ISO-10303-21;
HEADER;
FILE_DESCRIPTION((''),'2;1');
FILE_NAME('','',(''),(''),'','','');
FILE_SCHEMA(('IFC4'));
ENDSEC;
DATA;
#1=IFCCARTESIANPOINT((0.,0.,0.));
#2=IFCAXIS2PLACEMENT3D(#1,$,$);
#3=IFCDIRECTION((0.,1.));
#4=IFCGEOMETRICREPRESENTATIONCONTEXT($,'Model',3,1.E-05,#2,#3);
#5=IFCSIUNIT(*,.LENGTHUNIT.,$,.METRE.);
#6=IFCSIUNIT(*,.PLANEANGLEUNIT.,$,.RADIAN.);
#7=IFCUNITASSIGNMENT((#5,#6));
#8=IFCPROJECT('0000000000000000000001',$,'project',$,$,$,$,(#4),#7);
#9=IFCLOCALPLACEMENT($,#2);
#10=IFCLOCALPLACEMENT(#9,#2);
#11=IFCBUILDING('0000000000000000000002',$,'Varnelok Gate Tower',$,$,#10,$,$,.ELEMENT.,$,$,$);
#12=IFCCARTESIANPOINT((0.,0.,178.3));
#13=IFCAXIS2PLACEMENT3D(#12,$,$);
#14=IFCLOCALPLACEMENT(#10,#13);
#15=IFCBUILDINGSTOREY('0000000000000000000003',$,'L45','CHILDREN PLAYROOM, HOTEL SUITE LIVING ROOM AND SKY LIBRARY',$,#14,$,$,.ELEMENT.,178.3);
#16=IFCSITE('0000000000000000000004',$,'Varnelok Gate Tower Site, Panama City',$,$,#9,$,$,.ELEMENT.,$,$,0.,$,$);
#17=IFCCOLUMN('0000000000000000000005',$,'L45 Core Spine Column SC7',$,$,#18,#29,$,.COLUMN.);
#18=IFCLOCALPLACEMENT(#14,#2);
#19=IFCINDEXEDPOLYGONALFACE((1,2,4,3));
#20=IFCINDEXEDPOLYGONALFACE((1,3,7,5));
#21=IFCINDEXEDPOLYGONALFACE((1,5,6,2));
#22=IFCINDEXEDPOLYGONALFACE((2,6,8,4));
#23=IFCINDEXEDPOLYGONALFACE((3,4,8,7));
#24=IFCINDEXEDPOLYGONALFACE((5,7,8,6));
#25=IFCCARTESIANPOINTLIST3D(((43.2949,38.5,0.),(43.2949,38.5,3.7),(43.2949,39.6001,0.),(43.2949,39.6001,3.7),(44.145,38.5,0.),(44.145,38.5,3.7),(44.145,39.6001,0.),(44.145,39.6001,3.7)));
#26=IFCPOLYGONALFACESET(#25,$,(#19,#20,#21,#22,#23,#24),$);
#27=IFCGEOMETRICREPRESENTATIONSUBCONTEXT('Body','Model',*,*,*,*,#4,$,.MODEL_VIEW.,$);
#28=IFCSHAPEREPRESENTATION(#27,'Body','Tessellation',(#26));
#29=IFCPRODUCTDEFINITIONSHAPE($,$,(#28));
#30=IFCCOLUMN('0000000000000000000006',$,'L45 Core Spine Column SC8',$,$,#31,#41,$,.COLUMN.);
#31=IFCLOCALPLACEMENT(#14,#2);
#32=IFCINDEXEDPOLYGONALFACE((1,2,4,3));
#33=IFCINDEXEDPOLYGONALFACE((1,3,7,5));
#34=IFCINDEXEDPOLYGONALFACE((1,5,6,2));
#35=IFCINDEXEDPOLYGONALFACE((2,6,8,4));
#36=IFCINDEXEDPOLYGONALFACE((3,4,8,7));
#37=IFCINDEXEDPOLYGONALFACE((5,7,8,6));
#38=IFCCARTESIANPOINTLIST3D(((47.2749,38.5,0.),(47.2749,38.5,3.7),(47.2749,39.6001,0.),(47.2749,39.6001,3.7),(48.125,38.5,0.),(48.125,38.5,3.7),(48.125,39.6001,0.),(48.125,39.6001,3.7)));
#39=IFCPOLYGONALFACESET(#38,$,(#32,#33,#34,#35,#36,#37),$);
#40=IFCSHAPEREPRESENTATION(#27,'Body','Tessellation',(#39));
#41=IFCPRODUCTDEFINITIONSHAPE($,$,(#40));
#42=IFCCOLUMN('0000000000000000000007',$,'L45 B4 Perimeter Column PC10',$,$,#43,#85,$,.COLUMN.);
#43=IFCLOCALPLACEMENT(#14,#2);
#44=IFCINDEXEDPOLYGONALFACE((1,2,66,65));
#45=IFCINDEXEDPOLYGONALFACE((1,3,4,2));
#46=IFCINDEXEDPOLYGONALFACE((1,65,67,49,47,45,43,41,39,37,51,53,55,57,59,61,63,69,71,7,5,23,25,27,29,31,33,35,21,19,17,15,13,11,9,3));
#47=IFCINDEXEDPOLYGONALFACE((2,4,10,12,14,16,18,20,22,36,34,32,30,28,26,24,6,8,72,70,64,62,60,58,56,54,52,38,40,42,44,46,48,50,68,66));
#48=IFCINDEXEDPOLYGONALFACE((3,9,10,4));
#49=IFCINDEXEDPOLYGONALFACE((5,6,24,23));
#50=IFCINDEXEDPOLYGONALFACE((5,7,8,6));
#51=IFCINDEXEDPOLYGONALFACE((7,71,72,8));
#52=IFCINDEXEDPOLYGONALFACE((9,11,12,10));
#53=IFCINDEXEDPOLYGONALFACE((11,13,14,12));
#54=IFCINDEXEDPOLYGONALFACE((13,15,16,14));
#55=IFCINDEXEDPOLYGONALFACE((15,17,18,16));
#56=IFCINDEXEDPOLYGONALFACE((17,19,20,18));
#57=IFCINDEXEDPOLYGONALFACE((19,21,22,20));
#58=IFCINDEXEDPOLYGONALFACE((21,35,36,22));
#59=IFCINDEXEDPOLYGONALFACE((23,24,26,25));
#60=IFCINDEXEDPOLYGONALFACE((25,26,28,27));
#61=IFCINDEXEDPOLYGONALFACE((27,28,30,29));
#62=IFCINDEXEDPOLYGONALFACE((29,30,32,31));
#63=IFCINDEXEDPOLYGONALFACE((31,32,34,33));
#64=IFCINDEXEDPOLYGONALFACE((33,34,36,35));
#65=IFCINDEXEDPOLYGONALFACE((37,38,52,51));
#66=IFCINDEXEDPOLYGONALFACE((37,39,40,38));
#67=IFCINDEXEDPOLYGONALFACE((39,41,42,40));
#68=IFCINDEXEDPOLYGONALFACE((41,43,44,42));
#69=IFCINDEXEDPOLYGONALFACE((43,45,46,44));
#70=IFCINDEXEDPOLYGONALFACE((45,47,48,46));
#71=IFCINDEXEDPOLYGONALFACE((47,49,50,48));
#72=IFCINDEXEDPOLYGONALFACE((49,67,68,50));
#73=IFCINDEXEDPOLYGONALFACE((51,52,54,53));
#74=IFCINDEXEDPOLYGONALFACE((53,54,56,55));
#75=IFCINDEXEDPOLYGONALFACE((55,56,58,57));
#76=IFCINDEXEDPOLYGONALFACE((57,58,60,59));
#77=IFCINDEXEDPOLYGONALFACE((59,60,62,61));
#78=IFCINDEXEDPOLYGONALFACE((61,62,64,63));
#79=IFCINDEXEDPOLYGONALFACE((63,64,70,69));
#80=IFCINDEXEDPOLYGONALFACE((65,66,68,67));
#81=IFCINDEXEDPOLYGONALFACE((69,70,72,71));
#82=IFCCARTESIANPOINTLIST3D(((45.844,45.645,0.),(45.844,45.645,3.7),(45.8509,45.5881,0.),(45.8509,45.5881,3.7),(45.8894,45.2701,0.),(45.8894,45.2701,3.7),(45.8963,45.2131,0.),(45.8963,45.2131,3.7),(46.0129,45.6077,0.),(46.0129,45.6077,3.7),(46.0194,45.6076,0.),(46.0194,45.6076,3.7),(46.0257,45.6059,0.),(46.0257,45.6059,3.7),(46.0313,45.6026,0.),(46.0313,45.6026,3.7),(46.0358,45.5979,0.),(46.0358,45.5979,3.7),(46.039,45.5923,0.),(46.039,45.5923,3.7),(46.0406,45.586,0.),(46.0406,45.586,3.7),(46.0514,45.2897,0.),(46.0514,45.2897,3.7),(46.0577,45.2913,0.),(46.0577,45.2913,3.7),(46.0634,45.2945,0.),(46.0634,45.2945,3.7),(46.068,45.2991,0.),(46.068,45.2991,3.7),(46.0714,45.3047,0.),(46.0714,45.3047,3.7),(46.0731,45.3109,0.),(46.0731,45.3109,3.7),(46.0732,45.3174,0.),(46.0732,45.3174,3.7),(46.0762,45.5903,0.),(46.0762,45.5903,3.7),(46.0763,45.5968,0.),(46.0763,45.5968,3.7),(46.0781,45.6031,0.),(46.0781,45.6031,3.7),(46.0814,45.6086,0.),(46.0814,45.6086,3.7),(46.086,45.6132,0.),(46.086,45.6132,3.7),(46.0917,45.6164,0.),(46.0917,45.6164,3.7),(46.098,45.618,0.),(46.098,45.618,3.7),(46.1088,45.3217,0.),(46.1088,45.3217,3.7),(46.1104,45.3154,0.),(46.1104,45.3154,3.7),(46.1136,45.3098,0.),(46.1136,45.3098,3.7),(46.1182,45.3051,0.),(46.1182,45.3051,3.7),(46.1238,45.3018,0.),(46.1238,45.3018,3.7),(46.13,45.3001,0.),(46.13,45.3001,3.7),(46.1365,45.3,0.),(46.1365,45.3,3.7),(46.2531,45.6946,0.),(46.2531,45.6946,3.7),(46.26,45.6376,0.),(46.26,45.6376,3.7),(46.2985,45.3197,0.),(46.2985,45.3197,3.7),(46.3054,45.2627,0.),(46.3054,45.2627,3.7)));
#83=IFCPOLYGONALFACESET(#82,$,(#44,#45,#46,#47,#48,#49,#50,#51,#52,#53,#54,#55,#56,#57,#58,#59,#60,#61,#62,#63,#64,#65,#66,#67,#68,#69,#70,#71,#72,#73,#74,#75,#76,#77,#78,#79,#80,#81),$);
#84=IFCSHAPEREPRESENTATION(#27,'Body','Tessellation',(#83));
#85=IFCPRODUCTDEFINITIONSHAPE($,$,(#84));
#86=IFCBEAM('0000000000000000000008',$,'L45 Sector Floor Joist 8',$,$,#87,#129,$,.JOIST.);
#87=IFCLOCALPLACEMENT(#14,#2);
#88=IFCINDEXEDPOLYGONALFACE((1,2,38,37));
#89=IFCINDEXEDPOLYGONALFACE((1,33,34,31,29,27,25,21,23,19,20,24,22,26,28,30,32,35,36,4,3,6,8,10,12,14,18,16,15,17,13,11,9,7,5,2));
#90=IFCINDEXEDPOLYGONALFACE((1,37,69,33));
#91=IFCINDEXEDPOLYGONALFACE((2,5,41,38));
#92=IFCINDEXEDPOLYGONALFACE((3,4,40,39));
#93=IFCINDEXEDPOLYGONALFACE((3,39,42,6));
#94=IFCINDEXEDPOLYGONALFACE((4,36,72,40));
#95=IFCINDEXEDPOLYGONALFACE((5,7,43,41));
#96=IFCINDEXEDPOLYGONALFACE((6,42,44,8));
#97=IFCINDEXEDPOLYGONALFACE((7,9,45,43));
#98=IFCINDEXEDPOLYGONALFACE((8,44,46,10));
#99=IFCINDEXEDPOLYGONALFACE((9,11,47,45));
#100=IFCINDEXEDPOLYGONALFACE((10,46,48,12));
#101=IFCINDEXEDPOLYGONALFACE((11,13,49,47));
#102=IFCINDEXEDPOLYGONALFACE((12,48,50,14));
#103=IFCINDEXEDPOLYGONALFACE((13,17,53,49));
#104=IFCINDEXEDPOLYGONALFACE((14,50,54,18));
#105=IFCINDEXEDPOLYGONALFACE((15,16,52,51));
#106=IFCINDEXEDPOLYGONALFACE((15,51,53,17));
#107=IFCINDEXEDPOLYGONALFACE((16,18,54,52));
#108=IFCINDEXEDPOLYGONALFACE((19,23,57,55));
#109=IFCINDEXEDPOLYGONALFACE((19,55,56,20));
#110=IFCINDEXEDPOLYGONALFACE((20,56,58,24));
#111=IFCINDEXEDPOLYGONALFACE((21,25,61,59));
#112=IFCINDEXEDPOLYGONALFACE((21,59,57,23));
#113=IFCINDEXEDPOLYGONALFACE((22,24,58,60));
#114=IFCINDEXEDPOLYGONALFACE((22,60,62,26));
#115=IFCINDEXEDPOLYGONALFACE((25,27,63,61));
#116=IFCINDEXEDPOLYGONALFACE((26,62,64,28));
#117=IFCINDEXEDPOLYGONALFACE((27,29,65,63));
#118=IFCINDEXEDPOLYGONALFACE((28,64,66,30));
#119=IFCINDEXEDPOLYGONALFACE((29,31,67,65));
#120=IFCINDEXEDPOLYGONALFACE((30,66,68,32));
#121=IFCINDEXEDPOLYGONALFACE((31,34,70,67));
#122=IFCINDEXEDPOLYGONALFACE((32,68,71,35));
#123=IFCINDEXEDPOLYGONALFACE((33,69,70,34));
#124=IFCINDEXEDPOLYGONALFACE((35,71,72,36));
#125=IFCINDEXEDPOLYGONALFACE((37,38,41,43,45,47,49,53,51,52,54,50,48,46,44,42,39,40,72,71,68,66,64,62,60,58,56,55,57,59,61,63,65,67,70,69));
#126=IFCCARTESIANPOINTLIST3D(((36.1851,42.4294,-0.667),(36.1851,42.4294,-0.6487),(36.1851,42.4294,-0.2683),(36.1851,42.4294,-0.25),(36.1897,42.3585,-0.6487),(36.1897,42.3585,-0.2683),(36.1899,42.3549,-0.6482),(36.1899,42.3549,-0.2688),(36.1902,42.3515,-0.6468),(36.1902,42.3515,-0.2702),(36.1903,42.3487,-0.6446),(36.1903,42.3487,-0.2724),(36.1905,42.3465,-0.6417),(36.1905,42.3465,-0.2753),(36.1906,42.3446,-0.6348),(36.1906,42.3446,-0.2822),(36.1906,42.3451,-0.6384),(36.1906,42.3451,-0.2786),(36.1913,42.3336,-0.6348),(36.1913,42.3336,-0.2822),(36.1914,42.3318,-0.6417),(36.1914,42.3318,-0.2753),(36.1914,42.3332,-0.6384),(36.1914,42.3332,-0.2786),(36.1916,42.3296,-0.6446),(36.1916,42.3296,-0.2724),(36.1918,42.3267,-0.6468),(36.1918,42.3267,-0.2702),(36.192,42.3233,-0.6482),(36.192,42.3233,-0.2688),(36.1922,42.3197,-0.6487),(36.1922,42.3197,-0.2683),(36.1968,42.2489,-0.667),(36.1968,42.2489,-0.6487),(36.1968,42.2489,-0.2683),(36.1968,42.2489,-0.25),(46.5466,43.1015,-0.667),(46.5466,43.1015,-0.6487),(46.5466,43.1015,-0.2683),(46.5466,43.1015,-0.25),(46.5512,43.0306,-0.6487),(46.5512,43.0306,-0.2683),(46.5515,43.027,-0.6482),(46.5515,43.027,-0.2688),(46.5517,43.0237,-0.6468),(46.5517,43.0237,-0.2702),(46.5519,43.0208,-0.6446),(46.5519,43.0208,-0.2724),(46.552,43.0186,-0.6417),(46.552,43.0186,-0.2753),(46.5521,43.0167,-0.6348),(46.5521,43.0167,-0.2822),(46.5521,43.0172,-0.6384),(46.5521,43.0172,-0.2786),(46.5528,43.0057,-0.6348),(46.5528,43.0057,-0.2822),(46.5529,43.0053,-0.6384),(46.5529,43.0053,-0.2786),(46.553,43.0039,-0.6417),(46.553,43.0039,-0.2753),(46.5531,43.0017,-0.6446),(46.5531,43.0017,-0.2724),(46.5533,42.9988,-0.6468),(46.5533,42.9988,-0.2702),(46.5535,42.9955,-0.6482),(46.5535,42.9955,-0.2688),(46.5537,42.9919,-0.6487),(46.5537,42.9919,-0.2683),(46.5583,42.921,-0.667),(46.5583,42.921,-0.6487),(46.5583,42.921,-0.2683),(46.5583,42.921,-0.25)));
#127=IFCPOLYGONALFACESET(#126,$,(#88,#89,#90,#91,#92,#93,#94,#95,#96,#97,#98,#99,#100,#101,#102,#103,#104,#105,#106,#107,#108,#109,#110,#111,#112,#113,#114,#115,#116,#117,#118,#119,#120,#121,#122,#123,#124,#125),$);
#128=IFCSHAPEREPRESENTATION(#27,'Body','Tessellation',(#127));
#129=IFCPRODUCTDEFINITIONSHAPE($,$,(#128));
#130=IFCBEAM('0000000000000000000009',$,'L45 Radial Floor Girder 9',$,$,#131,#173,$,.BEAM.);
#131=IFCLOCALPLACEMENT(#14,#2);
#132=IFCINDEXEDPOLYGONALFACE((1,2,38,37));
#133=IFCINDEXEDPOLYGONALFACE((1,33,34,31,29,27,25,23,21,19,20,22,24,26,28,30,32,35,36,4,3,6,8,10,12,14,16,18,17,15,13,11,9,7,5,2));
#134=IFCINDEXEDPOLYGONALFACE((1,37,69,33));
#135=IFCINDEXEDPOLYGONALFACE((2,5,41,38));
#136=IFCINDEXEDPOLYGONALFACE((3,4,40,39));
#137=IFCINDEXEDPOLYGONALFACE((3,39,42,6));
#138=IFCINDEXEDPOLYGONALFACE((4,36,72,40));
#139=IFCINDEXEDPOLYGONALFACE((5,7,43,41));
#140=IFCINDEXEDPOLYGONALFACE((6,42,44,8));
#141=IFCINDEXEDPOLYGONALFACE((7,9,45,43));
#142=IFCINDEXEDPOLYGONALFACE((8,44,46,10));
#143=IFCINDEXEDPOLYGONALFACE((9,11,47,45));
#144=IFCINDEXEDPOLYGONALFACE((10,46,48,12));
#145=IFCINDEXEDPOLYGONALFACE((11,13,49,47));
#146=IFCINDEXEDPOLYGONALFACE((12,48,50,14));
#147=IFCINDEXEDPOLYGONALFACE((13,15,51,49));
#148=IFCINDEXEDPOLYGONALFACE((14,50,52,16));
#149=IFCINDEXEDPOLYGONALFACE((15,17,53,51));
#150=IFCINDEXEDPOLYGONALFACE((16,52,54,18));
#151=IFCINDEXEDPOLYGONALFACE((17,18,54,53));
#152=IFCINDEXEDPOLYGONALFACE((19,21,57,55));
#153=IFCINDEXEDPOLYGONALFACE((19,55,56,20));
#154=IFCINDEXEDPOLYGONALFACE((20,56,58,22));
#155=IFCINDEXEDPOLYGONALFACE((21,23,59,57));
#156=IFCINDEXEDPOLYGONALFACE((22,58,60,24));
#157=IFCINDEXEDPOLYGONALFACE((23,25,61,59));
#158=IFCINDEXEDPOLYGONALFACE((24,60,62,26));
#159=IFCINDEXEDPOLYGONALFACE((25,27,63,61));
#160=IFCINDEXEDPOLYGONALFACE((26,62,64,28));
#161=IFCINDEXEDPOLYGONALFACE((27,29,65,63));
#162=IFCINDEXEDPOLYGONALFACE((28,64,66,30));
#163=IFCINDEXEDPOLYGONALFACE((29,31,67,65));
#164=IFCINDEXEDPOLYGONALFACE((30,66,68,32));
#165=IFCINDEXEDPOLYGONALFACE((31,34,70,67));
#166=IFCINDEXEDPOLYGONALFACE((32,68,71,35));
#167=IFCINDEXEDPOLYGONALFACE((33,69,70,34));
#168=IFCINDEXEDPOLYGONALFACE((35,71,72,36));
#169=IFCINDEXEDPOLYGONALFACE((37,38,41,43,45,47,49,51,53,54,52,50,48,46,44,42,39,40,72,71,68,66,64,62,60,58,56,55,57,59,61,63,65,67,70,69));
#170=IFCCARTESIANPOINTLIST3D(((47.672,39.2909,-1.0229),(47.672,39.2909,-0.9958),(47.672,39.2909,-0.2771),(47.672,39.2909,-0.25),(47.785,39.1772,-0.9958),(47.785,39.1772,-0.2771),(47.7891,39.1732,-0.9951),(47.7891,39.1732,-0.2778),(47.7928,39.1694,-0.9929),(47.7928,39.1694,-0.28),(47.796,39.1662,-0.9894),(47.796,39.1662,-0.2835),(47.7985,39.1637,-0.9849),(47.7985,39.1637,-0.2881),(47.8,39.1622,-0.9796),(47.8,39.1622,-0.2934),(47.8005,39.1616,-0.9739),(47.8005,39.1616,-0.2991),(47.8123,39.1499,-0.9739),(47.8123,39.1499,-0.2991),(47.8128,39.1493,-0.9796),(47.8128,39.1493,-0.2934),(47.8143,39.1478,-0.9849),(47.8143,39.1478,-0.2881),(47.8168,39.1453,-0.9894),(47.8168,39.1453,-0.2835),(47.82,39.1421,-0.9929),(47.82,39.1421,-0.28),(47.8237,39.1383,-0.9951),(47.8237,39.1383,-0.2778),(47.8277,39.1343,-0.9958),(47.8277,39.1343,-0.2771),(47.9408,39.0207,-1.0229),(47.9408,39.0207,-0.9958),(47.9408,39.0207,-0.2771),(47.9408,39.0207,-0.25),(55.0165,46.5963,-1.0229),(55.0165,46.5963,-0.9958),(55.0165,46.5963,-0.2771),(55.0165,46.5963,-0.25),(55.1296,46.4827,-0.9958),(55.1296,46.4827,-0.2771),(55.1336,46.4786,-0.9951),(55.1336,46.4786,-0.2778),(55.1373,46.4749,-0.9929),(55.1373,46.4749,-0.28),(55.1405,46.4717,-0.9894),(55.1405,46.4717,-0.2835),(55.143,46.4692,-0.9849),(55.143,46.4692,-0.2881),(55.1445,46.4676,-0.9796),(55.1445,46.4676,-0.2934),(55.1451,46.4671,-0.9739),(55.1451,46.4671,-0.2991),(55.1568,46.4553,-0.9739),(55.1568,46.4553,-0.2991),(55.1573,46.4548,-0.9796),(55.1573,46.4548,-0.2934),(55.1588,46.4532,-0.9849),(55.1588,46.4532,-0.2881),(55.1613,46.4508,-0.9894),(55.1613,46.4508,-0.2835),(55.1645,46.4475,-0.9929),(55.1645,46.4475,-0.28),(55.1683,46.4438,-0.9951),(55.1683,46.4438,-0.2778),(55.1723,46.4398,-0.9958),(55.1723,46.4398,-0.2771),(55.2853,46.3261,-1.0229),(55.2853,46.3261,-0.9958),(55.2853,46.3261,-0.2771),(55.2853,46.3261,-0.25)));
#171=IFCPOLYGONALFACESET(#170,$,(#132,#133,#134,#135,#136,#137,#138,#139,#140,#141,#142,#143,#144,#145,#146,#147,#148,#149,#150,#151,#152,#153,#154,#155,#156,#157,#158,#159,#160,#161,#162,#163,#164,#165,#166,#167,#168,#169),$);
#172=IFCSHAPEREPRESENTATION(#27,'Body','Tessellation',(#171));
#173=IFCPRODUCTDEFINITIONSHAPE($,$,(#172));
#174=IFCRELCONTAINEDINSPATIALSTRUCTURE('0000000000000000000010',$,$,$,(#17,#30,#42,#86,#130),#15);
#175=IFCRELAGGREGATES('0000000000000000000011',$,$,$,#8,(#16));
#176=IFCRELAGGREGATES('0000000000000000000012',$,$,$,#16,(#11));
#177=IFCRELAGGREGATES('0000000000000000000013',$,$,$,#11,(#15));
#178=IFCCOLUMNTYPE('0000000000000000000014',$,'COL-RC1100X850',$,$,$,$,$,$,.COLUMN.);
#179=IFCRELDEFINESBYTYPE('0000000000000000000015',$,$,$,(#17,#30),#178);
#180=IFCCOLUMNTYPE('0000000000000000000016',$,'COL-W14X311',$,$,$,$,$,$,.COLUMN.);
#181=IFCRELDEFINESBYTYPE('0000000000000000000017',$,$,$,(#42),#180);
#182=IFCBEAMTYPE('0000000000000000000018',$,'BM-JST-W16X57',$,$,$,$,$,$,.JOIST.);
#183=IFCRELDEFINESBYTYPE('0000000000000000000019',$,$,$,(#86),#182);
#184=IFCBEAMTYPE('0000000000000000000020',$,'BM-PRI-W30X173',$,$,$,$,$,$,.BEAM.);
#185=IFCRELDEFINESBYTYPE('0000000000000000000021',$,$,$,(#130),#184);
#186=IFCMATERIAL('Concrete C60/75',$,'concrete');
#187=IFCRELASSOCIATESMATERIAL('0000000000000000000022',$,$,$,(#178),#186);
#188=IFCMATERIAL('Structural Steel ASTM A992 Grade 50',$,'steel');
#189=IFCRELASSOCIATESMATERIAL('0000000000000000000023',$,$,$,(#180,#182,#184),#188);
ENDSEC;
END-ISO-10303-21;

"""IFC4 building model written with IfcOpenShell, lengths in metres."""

from ifc_helpers import new_model, si_unit, direction, frame, origin, origin_2d, place, context, subcontext, project, spatial, rectangle, i_section, extrude, material, material_profile, profile_set, type_object, element, save


model = new_model("IFC4")

# Units and contexts
model_context = context("Model", 3, precision=1e-05, world=origin(), true_north=direction((0.0, 1.0)))
body_context = subcontext(model_context, "Body", "Model", "MODEL_VIEW")
ifc_project = project(units=[si_unit("LENGTHUNIT", "METRE"), si_unit("PLANEANGLEUNIT", "RADIAN")], contexts=[model_context])

# Site, building, storey
site_placement = place(None, origin())
site = spatial("IfcSite", under=ifc_project, at=site_placement, Name="Varnelok Gate Tower Site, Panama City", CompositionType="ELEMENT", RefElevation=0.0)
building_placement = place(site_placement, origin())
building = spatial("IfcBuilding", under=site, at=building_placement, Name="Varnelok Gate Tower", CompositionType="ELEMENT")
storey_placement = place(building_placement, frame((0.0, 0.0, 178.3)))
storey = spatial("IfcBuildingStorey", under=building, at=storey_placement, Name="L45", Description="CHILDREN PLAYROOM, HOTEL SUITE LIVING ROOM AND SKY LIBRARY", CompositionType="ELEMENT", Elevation=178.3)

# Columns
ifc_material_1 = material(Name="Concrete C60/75", Category="concrete")
ifc_material_profile_1 = material_profile(ifc_material_1, rectangle(XDim=0.8501, YDim=1.1001, at=origin_2d()), Name="RC1100X850")
ifc_profile_set_1 = profile_set([ifc_material_profile_1], Name="Concrete C60/75")
column_type_1 = type_object("IfcColumnType", Name="COL-RC1100X850", PredefinedType="COLUMN", material=ifc_profile_set_1)
for number, where, z_axis, x_axis, name in (
    (1, (43.72, 39.05, 0.0), (0.0, 0.0, 1.0), (1.0, 0.0, 0.0), "L45 Core Spine Column SC7"),
    (2, (47.7, 39.05, 0.0), (0.0, 0.0, 1.0), (1.0, 0.0, 0.0), "L45 Core Spine Column SC8"),
):
    element("IfcColumn", number, at=place(storey_placement, frame(where, z_axis=z_axis, x_axis=x_axis)), inside=storey, type_object=column_type_1, Name=name, PredefinedType="COLUMN", context=body_context, shape_type="SweptSolid", body=[
        extrude(rectangle(XDim=0.8501, YDim=1.1001, at=origin_2d()), origin(), (0.0, 0.0, 1.0), 3.7),
    ])
ifc_material_2 = material(Name="Structural Steel ASTM A992 Grade 50", Category="steel")
ifc_material_profile_2 = material_profile(ifc_material_2, i_section(OverallWidth=0.4121, OverallDepth=0.4351, WebThickness=0.0359, FlangeThickness=0.0574, FilletRadius=0.0249, at=origin_2d()), Name="W14X311")
ifc_profile_set_2 = profile_set([ifc_material_profile_2], Name="Structural Steel ASTM A992 Grade 50")
column_type_2 = type_object("IfcColumnType", Name="COL-W14X311", PredefinedType="COLUMN", material=ifc_profile_set_2)
column_placement = place(storey_placement, frame((46.0747, 45.4539, 0.0), z_axis=(0.0, 0.0, 1.0), x_axis=(0.992732, 0.120345, 0.0)))
element("IfcColumn", 3, at=column_placement, inside=storey, type_object=column_type_2, Name="L45 B4 Perimeter Column PC10", PredefinedType="COLUMN", context=body_context, shape_type="SweptSolid", body=[
    extrude(i_section(OverallWidth=0.4121, OverallDepth=0.4351, WebThickness=0.0359, FlangeThickness=0.0574, FilletRadius=0.0249, at=origin_2d()), origin(), (0.0, 0.0, 1.0), 3.7),
])

# Beams
ifc_material_profile_3 = material_profile(ifc_material_2, i_section(OverallWidth=0.1809, OverallDepth=0.417, WebThickness=0.011, FlangeThickness=0.0183, FilletRadius=0.0139, at=origin_2d()), Name="W16X57")
ifc_profile_set_3 = profile_set([ifc_material_profile_3], Name="Structural Steel ASTM A992 Grade 50")
beam_type_1 = type_object("IfcBeamType", Name="BM-JST-W16X57", PredefinedType="JOIST", material=ifc_profile_set_3)
beam_1_placement = place(storey_placement, frame((46.5525, 43.0112, -0.4585), z_axis=(-0.997903, -0.06473, 0.0), x_axis=(0.06473, -0.997903, 0.0)))
element("IfcBeam", 4, at=beam_1_placement, inside=storey, type_object=beam_type_1, Name="L45 Sector Floor Joist 8", PredefinedType="JOIST", context=body_context, shape_type="SweptSolid", body=[
    extrude(i_section(OverallWidth=0.1809, OverallDepth=0.417, WebThickness=0.011, FlangeThickness=0.0183, FilletRadius=0.0139, at=origin_2d()), origin(), (0.0, 0.0, 1.0), 10.3833),
])
ifc_material_profile_4 = material_profile(ifc_material_2, i_section(OverallWidth=0.3811, OverallDepth=0.7729, WebThickness=0.0166, FlangeThickness=0.0271, FilletRadius=0.022, at=origin_2d()), Name="W30X173")
ifc_profile_set_4 = profile_set([ifc_material_profile_4], Name="Structural Steel ASTM A992 Grade 50")
beam_type_2 = type_object("IfcBeamType", Name="BM-PRI-W30X173", PredefinedType="BEAM", material=ifc_profile_set_4)
beam_2_placement = place(storey_placement, frame((47.8064, 39.1558, -0.6365), z_axis=(0.70899, 0.705219, 0.0), x_axis=(-0.705219, 0.70899, 0.0)))
element("IfcBeam", 5, at=beam_2_placement, inside=storey, type_object=beam_type_2, Name="L45 Radial Floor Girder 9", PredefinedType="BEAM", context=body_context, shape_type="SweptSolid", body=[
    extrude(i_section(OverallWidth=0.3811, OverallDepth=0.7729, WebThickness=0.0166, FlangeThickness=0.0271, FilletRadius=0.022, at=origin_2d()), origin(), (0.0, 0.0, 1.0), 10.3591),
])

save(model, "model.ifc")
